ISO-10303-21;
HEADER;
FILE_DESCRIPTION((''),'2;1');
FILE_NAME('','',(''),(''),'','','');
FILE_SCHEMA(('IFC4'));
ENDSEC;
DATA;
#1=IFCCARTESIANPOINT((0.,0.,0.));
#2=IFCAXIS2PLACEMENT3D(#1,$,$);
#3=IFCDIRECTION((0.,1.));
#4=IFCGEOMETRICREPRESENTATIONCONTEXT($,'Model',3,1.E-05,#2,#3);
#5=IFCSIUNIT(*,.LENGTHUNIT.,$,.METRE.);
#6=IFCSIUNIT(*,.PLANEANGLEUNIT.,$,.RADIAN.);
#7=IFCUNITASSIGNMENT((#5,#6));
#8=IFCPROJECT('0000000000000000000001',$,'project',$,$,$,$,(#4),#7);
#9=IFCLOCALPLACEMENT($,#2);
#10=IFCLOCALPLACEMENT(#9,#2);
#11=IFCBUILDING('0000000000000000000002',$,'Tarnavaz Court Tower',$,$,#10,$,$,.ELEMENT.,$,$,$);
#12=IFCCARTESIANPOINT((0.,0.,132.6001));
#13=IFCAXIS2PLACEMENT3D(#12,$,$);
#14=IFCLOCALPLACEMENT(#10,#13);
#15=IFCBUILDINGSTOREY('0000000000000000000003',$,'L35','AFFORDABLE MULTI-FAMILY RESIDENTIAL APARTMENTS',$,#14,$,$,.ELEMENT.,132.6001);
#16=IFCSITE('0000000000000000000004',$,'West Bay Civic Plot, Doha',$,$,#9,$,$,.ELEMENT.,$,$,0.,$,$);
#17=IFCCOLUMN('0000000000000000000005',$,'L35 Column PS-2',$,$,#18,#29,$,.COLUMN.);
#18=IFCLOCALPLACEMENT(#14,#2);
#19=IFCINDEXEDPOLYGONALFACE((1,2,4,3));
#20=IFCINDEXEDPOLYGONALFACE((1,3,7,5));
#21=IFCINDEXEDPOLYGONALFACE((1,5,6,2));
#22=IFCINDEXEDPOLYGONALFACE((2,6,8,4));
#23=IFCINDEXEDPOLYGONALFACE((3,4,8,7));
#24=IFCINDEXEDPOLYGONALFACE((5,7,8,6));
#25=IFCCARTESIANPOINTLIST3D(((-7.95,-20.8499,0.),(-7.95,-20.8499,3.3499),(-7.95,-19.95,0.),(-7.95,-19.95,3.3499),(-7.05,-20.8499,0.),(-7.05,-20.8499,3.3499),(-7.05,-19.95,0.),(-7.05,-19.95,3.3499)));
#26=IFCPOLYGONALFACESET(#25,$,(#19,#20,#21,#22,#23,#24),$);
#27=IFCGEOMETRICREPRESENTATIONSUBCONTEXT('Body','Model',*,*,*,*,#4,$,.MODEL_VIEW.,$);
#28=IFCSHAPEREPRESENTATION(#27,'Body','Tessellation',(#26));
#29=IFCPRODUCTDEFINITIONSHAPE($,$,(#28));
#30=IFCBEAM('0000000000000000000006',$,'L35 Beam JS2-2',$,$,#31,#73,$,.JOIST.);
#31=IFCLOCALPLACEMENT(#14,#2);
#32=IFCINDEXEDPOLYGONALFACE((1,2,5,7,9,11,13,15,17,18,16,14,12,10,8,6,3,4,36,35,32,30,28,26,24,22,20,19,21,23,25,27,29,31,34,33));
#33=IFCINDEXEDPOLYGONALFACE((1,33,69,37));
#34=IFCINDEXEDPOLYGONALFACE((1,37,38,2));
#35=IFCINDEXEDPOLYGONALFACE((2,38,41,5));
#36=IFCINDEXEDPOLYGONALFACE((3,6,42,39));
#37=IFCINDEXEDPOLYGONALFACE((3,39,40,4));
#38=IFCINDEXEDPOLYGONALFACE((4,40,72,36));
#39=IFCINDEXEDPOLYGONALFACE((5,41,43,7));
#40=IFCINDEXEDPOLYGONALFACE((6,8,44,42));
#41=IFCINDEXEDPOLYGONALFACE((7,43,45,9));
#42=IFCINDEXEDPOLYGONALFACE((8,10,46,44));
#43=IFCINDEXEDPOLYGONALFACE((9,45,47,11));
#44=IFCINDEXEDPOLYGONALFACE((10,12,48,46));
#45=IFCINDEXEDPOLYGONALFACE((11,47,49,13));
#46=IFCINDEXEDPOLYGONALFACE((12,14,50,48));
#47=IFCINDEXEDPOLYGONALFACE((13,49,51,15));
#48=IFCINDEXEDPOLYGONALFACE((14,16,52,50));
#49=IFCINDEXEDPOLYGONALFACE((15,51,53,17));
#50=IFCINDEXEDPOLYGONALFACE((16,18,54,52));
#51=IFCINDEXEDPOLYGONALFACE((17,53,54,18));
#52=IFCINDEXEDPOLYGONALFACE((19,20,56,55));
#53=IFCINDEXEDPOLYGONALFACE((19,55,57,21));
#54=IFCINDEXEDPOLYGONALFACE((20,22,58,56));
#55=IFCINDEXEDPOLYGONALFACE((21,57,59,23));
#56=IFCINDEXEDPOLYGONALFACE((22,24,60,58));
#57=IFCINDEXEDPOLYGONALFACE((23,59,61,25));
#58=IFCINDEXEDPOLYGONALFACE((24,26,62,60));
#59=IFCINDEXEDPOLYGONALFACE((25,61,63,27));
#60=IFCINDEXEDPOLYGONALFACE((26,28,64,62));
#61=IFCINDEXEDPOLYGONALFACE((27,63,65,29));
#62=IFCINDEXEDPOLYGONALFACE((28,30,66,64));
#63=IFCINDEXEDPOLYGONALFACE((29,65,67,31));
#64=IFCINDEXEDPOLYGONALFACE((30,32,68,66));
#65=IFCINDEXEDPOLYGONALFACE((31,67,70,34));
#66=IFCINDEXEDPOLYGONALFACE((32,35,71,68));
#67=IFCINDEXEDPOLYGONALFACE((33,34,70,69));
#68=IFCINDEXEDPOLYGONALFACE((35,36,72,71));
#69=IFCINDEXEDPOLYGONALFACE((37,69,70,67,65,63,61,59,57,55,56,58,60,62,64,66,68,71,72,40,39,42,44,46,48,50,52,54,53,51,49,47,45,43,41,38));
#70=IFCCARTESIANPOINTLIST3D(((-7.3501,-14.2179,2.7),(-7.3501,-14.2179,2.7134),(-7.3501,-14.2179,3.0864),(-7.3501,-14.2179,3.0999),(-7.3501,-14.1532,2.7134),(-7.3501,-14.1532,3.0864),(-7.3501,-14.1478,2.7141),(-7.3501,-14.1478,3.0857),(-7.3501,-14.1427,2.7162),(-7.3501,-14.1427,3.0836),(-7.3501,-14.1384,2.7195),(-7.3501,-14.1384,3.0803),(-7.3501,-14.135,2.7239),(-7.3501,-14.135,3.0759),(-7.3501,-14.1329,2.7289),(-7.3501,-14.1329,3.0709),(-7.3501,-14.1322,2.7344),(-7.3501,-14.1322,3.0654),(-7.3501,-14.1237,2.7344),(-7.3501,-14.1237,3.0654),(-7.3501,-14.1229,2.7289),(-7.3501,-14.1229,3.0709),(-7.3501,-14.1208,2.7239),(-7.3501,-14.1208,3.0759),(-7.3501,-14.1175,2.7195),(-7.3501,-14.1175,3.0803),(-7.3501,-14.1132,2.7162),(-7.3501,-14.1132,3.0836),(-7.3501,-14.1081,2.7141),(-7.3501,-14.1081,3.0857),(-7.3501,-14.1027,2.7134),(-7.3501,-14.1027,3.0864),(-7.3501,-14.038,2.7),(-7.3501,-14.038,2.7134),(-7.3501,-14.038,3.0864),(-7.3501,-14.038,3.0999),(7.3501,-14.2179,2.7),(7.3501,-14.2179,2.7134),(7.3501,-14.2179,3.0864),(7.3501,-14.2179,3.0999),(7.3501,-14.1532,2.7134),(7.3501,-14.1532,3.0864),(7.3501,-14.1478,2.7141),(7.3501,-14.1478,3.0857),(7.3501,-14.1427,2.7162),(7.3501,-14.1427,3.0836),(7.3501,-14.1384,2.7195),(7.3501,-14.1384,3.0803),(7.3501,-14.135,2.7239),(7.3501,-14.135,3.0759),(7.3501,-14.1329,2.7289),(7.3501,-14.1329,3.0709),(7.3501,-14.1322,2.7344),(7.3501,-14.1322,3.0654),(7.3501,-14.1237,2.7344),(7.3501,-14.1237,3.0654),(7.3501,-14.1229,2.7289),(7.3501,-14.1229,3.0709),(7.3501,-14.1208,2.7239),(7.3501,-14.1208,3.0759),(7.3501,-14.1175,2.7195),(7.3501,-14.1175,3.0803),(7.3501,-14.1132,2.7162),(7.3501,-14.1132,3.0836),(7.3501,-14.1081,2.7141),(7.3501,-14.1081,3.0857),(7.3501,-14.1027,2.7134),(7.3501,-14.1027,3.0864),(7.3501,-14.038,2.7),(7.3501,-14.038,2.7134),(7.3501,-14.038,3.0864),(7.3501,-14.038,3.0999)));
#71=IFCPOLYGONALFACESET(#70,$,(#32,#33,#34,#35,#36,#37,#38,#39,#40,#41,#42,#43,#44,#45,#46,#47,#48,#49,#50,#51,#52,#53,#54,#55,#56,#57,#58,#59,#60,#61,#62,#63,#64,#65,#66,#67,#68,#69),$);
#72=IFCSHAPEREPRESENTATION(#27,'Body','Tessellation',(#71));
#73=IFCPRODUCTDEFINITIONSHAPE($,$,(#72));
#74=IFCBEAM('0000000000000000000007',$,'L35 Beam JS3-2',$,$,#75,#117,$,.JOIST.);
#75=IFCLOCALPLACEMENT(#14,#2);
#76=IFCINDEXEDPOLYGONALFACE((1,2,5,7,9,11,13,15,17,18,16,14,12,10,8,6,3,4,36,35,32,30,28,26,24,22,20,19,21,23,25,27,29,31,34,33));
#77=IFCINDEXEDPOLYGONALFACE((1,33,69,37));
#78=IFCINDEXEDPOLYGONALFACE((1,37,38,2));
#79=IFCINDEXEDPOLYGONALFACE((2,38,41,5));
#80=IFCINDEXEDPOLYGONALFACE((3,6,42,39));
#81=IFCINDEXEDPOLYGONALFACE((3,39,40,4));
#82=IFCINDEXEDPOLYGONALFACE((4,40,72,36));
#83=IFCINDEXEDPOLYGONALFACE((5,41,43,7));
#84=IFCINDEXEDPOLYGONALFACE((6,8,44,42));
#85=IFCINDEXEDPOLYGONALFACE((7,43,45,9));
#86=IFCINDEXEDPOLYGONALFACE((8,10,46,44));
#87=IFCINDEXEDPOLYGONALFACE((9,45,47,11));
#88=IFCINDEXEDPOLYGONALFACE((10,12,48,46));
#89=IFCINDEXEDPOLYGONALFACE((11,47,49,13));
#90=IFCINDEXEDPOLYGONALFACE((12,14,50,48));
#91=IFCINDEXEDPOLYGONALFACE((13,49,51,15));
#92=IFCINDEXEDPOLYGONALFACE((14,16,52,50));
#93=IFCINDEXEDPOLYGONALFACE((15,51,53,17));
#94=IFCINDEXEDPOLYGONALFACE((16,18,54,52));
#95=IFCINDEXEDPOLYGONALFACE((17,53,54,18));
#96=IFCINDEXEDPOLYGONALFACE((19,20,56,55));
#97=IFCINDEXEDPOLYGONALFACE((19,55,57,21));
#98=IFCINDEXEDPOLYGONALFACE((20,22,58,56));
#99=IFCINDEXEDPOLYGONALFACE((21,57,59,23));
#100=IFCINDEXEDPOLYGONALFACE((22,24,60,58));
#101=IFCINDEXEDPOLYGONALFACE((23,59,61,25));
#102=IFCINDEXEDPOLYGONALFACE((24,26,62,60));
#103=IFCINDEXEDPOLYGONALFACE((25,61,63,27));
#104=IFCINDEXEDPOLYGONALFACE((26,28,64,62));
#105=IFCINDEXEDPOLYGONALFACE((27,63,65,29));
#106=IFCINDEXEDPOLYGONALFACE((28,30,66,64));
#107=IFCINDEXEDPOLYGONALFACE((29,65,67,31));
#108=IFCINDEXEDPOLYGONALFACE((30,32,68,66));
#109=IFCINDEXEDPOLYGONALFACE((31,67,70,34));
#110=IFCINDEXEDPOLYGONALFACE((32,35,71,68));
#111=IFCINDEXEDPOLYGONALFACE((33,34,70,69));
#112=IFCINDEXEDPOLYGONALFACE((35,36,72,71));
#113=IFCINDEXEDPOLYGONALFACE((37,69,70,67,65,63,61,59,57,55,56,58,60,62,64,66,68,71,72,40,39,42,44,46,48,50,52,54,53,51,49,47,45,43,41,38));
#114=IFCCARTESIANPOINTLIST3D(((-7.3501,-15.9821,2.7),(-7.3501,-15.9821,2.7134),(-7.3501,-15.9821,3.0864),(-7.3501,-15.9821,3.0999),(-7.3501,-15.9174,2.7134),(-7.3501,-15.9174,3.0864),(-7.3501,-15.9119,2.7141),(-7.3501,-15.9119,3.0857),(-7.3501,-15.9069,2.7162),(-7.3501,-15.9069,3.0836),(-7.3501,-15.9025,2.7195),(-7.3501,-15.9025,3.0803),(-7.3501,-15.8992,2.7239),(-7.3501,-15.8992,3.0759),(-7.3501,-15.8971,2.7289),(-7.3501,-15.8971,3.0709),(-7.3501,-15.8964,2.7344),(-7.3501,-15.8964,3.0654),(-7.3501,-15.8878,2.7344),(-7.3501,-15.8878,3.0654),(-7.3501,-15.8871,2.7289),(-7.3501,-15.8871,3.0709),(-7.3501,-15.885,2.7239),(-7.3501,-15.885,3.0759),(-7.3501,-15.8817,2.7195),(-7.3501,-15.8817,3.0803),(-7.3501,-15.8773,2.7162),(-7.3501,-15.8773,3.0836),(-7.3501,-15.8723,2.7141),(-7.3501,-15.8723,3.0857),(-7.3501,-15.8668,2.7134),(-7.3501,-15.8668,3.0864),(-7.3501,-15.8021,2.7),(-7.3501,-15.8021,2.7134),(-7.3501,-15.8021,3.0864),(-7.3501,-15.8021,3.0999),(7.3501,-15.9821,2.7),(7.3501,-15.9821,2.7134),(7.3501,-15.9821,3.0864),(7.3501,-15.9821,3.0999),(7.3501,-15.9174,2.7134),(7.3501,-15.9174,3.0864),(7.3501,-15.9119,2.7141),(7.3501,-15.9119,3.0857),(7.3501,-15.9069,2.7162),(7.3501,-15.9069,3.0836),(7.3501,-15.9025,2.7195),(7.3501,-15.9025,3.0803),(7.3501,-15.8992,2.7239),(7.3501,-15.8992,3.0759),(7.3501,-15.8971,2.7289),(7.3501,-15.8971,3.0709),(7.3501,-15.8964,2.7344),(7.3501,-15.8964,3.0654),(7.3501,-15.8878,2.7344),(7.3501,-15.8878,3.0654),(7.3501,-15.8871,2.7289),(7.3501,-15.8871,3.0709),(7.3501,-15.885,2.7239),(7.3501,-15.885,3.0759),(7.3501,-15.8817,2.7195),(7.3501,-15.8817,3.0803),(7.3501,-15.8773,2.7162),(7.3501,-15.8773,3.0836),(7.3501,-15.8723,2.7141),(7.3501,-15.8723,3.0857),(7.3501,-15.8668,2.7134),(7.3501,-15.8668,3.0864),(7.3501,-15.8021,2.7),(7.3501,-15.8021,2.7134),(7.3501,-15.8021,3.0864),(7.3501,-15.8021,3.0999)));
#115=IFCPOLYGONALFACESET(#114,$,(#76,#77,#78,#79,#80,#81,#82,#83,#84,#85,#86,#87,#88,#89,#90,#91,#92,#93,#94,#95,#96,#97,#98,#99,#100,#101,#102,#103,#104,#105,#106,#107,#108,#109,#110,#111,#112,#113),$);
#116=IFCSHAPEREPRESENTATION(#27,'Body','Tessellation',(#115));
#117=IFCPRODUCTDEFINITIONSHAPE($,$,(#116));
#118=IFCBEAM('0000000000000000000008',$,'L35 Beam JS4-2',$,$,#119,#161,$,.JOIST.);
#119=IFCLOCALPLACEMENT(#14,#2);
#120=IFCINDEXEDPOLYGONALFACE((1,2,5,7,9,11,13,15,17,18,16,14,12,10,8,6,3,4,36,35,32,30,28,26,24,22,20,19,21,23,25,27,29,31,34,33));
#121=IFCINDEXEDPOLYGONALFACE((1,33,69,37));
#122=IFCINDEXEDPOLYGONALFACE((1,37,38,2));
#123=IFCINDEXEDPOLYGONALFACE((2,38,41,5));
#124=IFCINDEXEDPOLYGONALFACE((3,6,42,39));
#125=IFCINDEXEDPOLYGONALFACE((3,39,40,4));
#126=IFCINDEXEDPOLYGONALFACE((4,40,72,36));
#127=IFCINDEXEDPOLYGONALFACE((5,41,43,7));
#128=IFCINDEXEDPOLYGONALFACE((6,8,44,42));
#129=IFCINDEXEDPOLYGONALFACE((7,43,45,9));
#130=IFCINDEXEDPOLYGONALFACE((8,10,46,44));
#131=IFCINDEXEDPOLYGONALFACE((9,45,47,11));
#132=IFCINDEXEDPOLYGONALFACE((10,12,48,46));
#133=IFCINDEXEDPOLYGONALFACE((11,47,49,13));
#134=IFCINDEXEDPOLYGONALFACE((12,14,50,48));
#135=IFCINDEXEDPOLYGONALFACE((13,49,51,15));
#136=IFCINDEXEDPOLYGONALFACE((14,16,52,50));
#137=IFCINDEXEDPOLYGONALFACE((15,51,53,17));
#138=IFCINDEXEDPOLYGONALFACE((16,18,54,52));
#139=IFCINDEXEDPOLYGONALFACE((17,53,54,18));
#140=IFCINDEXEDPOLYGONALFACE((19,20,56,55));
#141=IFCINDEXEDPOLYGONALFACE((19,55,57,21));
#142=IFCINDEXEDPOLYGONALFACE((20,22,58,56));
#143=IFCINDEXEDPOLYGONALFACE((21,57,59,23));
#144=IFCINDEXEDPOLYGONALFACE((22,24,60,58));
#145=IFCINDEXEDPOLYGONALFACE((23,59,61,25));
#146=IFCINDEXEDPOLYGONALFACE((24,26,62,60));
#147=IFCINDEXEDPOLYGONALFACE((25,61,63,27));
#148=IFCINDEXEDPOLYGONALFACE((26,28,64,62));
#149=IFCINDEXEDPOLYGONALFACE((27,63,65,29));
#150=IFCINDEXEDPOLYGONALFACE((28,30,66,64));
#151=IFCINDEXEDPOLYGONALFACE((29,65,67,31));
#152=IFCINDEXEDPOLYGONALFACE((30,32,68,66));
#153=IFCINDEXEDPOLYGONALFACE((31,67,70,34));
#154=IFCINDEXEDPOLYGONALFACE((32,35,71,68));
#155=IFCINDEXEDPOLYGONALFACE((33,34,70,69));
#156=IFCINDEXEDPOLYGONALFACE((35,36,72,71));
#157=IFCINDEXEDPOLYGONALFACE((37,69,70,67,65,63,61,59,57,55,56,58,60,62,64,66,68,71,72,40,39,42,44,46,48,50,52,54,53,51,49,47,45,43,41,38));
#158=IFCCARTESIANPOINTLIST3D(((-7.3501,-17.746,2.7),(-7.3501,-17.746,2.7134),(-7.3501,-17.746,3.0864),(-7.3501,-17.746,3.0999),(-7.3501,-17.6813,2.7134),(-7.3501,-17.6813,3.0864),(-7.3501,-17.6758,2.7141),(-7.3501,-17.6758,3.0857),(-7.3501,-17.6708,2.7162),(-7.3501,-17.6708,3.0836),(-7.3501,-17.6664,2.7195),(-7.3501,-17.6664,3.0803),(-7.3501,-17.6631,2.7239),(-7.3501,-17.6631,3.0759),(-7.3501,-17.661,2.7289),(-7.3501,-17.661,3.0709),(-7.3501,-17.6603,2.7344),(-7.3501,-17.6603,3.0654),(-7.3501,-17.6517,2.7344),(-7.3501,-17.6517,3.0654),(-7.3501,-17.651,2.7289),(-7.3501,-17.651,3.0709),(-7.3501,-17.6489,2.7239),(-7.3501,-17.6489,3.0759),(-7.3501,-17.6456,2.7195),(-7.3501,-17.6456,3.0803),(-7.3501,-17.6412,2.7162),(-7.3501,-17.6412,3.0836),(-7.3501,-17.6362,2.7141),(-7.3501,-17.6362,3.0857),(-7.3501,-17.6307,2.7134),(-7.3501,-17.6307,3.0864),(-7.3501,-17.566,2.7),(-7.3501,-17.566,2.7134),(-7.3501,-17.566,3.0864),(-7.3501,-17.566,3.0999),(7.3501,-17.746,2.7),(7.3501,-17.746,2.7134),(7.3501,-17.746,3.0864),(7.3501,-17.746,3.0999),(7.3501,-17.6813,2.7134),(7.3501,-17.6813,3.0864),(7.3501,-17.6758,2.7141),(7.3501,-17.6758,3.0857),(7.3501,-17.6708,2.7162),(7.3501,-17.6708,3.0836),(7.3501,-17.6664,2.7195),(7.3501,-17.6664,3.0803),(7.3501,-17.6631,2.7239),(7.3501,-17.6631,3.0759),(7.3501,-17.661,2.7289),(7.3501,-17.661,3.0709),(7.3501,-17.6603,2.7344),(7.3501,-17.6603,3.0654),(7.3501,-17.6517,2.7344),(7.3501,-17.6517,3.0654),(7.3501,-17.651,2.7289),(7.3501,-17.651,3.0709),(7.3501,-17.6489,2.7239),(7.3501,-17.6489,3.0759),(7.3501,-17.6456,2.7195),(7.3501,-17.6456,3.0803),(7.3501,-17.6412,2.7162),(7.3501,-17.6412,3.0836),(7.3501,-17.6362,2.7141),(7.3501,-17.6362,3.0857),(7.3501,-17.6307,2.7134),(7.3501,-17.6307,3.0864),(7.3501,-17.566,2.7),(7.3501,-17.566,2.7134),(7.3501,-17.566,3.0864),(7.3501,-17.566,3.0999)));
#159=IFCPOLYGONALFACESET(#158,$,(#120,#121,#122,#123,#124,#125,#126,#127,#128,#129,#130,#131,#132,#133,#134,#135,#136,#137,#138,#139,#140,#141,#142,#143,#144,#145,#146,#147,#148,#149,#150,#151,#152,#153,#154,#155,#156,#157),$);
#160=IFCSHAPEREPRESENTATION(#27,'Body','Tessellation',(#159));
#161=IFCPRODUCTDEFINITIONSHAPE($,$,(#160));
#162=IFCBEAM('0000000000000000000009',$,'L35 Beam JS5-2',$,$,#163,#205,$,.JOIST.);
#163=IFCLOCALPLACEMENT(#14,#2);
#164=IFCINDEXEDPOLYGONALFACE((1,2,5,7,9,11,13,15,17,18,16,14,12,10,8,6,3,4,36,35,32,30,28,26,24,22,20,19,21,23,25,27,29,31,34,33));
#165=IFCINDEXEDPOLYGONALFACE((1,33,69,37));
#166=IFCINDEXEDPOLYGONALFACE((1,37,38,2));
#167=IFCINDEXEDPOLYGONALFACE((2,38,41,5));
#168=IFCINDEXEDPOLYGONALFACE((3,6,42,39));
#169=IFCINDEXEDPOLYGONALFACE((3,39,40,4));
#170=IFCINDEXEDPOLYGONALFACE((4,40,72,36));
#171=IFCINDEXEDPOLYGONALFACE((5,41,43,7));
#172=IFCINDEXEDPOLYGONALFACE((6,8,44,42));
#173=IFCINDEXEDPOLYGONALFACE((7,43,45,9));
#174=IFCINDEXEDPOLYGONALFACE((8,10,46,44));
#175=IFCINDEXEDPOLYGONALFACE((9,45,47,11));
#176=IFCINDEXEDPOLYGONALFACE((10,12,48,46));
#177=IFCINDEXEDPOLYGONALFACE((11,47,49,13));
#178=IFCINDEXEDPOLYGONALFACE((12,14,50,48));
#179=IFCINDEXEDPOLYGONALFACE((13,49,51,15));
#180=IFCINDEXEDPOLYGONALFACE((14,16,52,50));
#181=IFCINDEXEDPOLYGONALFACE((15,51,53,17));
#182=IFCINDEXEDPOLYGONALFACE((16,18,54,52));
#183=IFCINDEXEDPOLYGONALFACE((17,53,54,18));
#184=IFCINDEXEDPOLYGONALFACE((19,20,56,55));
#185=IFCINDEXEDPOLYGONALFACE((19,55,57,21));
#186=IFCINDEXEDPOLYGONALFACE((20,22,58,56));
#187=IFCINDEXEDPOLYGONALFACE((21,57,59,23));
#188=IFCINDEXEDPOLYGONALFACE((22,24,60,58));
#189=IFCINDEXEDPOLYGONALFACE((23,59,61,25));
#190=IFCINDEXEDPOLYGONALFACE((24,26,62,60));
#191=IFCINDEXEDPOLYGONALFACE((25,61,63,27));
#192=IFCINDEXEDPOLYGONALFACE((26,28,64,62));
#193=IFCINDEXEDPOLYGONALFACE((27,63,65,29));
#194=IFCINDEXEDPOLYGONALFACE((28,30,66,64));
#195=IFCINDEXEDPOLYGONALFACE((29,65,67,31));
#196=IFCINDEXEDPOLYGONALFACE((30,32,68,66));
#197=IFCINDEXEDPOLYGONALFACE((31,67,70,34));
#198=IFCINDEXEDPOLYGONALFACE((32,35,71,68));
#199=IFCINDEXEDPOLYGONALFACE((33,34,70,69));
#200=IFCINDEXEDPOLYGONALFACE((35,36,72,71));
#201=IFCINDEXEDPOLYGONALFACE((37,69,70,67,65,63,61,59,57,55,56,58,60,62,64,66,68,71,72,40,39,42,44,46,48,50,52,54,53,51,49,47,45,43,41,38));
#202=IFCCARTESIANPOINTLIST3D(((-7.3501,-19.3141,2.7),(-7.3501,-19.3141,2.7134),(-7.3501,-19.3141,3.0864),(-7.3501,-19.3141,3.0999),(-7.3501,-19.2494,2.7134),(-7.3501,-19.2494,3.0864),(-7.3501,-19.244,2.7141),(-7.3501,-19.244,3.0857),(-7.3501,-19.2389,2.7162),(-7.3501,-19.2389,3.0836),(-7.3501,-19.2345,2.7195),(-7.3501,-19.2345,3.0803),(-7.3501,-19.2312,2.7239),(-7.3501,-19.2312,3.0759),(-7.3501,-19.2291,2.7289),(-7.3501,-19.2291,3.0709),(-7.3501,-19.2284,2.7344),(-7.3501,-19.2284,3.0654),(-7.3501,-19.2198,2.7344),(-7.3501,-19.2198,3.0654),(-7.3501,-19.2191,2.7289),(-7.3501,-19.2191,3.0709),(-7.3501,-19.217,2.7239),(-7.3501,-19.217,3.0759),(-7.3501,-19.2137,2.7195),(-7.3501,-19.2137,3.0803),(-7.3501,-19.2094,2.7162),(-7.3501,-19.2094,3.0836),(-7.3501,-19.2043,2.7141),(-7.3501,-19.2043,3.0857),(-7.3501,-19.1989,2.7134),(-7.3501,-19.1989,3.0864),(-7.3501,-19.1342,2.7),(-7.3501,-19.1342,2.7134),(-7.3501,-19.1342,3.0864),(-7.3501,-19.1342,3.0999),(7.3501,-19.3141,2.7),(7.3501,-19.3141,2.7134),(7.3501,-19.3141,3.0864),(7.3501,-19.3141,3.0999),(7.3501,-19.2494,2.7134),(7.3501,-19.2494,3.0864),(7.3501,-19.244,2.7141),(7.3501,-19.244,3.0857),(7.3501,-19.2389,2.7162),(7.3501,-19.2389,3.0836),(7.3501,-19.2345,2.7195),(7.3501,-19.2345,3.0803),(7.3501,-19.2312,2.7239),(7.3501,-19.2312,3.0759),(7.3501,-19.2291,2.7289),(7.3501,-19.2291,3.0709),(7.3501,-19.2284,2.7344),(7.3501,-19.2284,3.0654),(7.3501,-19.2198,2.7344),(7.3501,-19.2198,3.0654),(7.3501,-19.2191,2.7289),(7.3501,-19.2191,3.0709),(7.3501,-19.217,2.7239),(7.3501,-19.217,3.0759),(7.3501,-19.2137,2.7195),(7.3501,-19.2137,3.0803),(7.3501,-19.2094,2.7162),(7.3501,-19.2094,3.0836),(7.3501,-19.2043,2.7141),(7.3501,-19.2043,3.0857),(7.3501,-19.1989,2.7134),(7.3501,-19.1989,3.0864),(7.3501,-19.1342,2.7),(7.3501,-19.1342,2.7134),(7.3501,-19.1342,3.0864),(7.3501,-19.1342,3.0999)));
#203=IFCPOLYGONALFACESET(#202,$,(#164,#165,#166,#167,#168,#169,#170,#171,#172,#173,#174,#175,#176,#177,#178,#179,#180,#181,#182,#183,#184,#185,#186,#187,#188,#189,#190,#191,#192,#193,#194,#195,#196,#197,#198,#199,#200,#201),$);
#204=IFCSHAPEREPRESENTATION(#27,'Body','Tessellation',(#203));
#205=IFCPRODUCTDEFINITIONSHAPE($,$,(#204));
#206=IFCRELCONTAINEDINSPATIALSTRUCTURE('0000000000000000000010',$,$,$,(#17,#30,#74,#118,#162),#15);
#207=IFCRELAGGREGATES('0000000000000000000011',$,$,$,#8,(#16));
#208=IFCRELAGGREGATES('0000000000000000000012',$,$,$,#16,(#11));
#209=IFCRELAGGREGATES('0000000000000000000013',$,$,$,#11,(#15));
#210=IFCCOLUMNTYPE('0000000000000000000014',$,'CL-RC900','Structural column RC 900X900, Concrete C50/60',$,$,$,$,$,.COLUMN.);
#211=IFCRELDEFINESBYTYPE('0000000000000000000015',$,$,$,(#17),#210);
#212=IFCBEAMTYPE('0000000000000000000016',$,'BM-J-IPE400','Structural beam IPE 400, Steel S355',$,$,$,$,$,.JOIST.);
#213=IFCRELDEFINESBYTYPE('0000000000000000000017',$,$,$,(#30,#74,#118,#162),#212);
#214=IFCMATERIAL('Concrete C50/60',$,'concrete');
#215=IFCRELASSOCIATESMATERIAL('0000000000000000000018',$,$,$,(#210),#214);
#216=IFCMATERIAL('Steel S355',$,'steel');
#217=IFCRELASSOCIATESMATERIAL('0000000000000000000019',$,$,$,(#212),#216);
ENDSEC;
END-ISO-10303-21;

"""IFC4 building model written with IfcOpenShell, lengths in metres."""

from ifc_helpers import new_model, si_unit, direction, frame, origin, origin_2d, place, context, subcontext, project, spatial, rectangle, i_section, extrude, material, material_profile, profile_set, type_object, element, save


model = new_model("IFC4")

# Units and contexts
model_context = context("Model", 3, precision=1e-05, world=origin(), true_north=direction((0.0, 1.0)))
body_context = subcontext(model_context, "Body", "Model", "MODEL_VIEW")
ifc_project = project(units=[si_unit("LENGTHUNIT", "METRE"), si_unit("PLANEANGLEUNIT", "RADIAN")], contexts=[model_context])

# Site, building, storey
site_placement = place(None, origin())
site = spatial("IfcSite", under=ifc_project, at=site_placement, Name="West Bay Civic Plot, Doha", CompositionType="ELEMENT", RefElevation=0.0)
building_placement = place(site_placement, origin())
building = spatial("IfcBuilding", under=site, at=building_placement, Name="Tarnavaz Court Tower", CompositionType="ELEMENT")
storey_placement = place(building_placement, frame((0.0, 0.0, 132.6001)))
storey = spatial("IfcBuildingStorey", under=building, at=storey_placement, Name="L35", Description="AFFORDABLE MULTI-FAMILY RESIDENTIAL APARTMENTS", CompositionType="ELEMENT", Elevation=132.6001)

# Column
ifc_material_1 = material(Name="Concrete C50/60", Category="concrete")
ifc_material_profile_1 = material_profile(ifc_material_1, rectangle(XDim=0.8999, YDim=0.8999, at=origin_2d()), Name="RC 900X900")
ifc_profile_set_1 = profile_set([ifc_material_profile_1], Name="Concrete C50/60")
column_type = type_object("IfcColumnType", Name="CL-RC900", Description="Structural column RC 900X900, Concrete C50/60", PredefinedType="COLUMN", material=ifc_profile_set_1)
column_placement = place(storey_placement, frame((-7.5, -20.3999, 0.0), z_axis=(0.0, 0.0, 1.0), x_axis=(1.0, 0.0, 0.0)))
element("IfcColumn", 1, at=column_placement, inside=storey, type_object=column_type, Name="L35 Column PS-2", PredefinedType="COLUMN", context=body_context, shape_type="SweptSolid", body=[
    extrude(rectangle(XDim=0.8999, YDim=0.8999, at=origin_2d()), origin(), (0.0, 0.0, 1.0), 3.3499),
])

# Beams
ifc_material_2 = material(Name="Steel S355", Category="steel")
ifc_material_profile_2 = material_profile(ifc_material_2, i_section(OverallWidth=0.1799, OverallDepth=0.3999, WebThickness=0.0085, FlangeThickness=0.0134, FilletRadius=0.021, at=origin_2d()), Name="IPE 400")
ifc_profile_set_2 = profile_set([ifc_material_profile_2], Name="Steel S355")
beam_type_1 = type_object("IfcBeamType", Name="BM-J-IPE400", Description="Structural beam IPE 400, Steel S355", PredefinedType="JOIST", material=ifc_profile_set_2)
for number, where, z_axis, x_axis, name in (
    (2, (-7.3501, -14.1279, 2.8999), (1.0, 0.0, 0.0), (0.0, 1.0, 0.0), "L35 Beam JS2-2"),
    (3, (-7.3501, -15.8921, 2.8999), (1.0, 0.0, 0.0), (0.0, 1.0, 0.0), "L35 Beam JS3-2"),
    (4, (-7.3501, -17.656, 2.8999), (1.0, 0.0, 0.0), (0.0, 1.0, 0.0), "L35 Beam JS4-2"),
    (5, (-7.3501, -19.2241, 2.8999), (1.0, 0.0, 0.0), (0.0, 1.0, 0.0), "L35 Beam JS5-2"),
):
    element("IfcBeam", number, at=place(storey_placement, frame(where, z_axis=z_axis, x_axis=x_axis)), inside=storey, type_object=beam_type_1, Name=name, PredefinedType="JOIST", context=body_context, shape_type="SweptSolid", body=[
        extrude(i_section(OverallWidth=0.1799, OverallDepth=0.3999, WebThickness=0.0085, FlangeThickness=0.0134, FilletRadius=0.021, at=origin_2d()), origin(), (0.0, 0.0, 1.0), 14.7002),
    ])

save(model, "model.ifc")
